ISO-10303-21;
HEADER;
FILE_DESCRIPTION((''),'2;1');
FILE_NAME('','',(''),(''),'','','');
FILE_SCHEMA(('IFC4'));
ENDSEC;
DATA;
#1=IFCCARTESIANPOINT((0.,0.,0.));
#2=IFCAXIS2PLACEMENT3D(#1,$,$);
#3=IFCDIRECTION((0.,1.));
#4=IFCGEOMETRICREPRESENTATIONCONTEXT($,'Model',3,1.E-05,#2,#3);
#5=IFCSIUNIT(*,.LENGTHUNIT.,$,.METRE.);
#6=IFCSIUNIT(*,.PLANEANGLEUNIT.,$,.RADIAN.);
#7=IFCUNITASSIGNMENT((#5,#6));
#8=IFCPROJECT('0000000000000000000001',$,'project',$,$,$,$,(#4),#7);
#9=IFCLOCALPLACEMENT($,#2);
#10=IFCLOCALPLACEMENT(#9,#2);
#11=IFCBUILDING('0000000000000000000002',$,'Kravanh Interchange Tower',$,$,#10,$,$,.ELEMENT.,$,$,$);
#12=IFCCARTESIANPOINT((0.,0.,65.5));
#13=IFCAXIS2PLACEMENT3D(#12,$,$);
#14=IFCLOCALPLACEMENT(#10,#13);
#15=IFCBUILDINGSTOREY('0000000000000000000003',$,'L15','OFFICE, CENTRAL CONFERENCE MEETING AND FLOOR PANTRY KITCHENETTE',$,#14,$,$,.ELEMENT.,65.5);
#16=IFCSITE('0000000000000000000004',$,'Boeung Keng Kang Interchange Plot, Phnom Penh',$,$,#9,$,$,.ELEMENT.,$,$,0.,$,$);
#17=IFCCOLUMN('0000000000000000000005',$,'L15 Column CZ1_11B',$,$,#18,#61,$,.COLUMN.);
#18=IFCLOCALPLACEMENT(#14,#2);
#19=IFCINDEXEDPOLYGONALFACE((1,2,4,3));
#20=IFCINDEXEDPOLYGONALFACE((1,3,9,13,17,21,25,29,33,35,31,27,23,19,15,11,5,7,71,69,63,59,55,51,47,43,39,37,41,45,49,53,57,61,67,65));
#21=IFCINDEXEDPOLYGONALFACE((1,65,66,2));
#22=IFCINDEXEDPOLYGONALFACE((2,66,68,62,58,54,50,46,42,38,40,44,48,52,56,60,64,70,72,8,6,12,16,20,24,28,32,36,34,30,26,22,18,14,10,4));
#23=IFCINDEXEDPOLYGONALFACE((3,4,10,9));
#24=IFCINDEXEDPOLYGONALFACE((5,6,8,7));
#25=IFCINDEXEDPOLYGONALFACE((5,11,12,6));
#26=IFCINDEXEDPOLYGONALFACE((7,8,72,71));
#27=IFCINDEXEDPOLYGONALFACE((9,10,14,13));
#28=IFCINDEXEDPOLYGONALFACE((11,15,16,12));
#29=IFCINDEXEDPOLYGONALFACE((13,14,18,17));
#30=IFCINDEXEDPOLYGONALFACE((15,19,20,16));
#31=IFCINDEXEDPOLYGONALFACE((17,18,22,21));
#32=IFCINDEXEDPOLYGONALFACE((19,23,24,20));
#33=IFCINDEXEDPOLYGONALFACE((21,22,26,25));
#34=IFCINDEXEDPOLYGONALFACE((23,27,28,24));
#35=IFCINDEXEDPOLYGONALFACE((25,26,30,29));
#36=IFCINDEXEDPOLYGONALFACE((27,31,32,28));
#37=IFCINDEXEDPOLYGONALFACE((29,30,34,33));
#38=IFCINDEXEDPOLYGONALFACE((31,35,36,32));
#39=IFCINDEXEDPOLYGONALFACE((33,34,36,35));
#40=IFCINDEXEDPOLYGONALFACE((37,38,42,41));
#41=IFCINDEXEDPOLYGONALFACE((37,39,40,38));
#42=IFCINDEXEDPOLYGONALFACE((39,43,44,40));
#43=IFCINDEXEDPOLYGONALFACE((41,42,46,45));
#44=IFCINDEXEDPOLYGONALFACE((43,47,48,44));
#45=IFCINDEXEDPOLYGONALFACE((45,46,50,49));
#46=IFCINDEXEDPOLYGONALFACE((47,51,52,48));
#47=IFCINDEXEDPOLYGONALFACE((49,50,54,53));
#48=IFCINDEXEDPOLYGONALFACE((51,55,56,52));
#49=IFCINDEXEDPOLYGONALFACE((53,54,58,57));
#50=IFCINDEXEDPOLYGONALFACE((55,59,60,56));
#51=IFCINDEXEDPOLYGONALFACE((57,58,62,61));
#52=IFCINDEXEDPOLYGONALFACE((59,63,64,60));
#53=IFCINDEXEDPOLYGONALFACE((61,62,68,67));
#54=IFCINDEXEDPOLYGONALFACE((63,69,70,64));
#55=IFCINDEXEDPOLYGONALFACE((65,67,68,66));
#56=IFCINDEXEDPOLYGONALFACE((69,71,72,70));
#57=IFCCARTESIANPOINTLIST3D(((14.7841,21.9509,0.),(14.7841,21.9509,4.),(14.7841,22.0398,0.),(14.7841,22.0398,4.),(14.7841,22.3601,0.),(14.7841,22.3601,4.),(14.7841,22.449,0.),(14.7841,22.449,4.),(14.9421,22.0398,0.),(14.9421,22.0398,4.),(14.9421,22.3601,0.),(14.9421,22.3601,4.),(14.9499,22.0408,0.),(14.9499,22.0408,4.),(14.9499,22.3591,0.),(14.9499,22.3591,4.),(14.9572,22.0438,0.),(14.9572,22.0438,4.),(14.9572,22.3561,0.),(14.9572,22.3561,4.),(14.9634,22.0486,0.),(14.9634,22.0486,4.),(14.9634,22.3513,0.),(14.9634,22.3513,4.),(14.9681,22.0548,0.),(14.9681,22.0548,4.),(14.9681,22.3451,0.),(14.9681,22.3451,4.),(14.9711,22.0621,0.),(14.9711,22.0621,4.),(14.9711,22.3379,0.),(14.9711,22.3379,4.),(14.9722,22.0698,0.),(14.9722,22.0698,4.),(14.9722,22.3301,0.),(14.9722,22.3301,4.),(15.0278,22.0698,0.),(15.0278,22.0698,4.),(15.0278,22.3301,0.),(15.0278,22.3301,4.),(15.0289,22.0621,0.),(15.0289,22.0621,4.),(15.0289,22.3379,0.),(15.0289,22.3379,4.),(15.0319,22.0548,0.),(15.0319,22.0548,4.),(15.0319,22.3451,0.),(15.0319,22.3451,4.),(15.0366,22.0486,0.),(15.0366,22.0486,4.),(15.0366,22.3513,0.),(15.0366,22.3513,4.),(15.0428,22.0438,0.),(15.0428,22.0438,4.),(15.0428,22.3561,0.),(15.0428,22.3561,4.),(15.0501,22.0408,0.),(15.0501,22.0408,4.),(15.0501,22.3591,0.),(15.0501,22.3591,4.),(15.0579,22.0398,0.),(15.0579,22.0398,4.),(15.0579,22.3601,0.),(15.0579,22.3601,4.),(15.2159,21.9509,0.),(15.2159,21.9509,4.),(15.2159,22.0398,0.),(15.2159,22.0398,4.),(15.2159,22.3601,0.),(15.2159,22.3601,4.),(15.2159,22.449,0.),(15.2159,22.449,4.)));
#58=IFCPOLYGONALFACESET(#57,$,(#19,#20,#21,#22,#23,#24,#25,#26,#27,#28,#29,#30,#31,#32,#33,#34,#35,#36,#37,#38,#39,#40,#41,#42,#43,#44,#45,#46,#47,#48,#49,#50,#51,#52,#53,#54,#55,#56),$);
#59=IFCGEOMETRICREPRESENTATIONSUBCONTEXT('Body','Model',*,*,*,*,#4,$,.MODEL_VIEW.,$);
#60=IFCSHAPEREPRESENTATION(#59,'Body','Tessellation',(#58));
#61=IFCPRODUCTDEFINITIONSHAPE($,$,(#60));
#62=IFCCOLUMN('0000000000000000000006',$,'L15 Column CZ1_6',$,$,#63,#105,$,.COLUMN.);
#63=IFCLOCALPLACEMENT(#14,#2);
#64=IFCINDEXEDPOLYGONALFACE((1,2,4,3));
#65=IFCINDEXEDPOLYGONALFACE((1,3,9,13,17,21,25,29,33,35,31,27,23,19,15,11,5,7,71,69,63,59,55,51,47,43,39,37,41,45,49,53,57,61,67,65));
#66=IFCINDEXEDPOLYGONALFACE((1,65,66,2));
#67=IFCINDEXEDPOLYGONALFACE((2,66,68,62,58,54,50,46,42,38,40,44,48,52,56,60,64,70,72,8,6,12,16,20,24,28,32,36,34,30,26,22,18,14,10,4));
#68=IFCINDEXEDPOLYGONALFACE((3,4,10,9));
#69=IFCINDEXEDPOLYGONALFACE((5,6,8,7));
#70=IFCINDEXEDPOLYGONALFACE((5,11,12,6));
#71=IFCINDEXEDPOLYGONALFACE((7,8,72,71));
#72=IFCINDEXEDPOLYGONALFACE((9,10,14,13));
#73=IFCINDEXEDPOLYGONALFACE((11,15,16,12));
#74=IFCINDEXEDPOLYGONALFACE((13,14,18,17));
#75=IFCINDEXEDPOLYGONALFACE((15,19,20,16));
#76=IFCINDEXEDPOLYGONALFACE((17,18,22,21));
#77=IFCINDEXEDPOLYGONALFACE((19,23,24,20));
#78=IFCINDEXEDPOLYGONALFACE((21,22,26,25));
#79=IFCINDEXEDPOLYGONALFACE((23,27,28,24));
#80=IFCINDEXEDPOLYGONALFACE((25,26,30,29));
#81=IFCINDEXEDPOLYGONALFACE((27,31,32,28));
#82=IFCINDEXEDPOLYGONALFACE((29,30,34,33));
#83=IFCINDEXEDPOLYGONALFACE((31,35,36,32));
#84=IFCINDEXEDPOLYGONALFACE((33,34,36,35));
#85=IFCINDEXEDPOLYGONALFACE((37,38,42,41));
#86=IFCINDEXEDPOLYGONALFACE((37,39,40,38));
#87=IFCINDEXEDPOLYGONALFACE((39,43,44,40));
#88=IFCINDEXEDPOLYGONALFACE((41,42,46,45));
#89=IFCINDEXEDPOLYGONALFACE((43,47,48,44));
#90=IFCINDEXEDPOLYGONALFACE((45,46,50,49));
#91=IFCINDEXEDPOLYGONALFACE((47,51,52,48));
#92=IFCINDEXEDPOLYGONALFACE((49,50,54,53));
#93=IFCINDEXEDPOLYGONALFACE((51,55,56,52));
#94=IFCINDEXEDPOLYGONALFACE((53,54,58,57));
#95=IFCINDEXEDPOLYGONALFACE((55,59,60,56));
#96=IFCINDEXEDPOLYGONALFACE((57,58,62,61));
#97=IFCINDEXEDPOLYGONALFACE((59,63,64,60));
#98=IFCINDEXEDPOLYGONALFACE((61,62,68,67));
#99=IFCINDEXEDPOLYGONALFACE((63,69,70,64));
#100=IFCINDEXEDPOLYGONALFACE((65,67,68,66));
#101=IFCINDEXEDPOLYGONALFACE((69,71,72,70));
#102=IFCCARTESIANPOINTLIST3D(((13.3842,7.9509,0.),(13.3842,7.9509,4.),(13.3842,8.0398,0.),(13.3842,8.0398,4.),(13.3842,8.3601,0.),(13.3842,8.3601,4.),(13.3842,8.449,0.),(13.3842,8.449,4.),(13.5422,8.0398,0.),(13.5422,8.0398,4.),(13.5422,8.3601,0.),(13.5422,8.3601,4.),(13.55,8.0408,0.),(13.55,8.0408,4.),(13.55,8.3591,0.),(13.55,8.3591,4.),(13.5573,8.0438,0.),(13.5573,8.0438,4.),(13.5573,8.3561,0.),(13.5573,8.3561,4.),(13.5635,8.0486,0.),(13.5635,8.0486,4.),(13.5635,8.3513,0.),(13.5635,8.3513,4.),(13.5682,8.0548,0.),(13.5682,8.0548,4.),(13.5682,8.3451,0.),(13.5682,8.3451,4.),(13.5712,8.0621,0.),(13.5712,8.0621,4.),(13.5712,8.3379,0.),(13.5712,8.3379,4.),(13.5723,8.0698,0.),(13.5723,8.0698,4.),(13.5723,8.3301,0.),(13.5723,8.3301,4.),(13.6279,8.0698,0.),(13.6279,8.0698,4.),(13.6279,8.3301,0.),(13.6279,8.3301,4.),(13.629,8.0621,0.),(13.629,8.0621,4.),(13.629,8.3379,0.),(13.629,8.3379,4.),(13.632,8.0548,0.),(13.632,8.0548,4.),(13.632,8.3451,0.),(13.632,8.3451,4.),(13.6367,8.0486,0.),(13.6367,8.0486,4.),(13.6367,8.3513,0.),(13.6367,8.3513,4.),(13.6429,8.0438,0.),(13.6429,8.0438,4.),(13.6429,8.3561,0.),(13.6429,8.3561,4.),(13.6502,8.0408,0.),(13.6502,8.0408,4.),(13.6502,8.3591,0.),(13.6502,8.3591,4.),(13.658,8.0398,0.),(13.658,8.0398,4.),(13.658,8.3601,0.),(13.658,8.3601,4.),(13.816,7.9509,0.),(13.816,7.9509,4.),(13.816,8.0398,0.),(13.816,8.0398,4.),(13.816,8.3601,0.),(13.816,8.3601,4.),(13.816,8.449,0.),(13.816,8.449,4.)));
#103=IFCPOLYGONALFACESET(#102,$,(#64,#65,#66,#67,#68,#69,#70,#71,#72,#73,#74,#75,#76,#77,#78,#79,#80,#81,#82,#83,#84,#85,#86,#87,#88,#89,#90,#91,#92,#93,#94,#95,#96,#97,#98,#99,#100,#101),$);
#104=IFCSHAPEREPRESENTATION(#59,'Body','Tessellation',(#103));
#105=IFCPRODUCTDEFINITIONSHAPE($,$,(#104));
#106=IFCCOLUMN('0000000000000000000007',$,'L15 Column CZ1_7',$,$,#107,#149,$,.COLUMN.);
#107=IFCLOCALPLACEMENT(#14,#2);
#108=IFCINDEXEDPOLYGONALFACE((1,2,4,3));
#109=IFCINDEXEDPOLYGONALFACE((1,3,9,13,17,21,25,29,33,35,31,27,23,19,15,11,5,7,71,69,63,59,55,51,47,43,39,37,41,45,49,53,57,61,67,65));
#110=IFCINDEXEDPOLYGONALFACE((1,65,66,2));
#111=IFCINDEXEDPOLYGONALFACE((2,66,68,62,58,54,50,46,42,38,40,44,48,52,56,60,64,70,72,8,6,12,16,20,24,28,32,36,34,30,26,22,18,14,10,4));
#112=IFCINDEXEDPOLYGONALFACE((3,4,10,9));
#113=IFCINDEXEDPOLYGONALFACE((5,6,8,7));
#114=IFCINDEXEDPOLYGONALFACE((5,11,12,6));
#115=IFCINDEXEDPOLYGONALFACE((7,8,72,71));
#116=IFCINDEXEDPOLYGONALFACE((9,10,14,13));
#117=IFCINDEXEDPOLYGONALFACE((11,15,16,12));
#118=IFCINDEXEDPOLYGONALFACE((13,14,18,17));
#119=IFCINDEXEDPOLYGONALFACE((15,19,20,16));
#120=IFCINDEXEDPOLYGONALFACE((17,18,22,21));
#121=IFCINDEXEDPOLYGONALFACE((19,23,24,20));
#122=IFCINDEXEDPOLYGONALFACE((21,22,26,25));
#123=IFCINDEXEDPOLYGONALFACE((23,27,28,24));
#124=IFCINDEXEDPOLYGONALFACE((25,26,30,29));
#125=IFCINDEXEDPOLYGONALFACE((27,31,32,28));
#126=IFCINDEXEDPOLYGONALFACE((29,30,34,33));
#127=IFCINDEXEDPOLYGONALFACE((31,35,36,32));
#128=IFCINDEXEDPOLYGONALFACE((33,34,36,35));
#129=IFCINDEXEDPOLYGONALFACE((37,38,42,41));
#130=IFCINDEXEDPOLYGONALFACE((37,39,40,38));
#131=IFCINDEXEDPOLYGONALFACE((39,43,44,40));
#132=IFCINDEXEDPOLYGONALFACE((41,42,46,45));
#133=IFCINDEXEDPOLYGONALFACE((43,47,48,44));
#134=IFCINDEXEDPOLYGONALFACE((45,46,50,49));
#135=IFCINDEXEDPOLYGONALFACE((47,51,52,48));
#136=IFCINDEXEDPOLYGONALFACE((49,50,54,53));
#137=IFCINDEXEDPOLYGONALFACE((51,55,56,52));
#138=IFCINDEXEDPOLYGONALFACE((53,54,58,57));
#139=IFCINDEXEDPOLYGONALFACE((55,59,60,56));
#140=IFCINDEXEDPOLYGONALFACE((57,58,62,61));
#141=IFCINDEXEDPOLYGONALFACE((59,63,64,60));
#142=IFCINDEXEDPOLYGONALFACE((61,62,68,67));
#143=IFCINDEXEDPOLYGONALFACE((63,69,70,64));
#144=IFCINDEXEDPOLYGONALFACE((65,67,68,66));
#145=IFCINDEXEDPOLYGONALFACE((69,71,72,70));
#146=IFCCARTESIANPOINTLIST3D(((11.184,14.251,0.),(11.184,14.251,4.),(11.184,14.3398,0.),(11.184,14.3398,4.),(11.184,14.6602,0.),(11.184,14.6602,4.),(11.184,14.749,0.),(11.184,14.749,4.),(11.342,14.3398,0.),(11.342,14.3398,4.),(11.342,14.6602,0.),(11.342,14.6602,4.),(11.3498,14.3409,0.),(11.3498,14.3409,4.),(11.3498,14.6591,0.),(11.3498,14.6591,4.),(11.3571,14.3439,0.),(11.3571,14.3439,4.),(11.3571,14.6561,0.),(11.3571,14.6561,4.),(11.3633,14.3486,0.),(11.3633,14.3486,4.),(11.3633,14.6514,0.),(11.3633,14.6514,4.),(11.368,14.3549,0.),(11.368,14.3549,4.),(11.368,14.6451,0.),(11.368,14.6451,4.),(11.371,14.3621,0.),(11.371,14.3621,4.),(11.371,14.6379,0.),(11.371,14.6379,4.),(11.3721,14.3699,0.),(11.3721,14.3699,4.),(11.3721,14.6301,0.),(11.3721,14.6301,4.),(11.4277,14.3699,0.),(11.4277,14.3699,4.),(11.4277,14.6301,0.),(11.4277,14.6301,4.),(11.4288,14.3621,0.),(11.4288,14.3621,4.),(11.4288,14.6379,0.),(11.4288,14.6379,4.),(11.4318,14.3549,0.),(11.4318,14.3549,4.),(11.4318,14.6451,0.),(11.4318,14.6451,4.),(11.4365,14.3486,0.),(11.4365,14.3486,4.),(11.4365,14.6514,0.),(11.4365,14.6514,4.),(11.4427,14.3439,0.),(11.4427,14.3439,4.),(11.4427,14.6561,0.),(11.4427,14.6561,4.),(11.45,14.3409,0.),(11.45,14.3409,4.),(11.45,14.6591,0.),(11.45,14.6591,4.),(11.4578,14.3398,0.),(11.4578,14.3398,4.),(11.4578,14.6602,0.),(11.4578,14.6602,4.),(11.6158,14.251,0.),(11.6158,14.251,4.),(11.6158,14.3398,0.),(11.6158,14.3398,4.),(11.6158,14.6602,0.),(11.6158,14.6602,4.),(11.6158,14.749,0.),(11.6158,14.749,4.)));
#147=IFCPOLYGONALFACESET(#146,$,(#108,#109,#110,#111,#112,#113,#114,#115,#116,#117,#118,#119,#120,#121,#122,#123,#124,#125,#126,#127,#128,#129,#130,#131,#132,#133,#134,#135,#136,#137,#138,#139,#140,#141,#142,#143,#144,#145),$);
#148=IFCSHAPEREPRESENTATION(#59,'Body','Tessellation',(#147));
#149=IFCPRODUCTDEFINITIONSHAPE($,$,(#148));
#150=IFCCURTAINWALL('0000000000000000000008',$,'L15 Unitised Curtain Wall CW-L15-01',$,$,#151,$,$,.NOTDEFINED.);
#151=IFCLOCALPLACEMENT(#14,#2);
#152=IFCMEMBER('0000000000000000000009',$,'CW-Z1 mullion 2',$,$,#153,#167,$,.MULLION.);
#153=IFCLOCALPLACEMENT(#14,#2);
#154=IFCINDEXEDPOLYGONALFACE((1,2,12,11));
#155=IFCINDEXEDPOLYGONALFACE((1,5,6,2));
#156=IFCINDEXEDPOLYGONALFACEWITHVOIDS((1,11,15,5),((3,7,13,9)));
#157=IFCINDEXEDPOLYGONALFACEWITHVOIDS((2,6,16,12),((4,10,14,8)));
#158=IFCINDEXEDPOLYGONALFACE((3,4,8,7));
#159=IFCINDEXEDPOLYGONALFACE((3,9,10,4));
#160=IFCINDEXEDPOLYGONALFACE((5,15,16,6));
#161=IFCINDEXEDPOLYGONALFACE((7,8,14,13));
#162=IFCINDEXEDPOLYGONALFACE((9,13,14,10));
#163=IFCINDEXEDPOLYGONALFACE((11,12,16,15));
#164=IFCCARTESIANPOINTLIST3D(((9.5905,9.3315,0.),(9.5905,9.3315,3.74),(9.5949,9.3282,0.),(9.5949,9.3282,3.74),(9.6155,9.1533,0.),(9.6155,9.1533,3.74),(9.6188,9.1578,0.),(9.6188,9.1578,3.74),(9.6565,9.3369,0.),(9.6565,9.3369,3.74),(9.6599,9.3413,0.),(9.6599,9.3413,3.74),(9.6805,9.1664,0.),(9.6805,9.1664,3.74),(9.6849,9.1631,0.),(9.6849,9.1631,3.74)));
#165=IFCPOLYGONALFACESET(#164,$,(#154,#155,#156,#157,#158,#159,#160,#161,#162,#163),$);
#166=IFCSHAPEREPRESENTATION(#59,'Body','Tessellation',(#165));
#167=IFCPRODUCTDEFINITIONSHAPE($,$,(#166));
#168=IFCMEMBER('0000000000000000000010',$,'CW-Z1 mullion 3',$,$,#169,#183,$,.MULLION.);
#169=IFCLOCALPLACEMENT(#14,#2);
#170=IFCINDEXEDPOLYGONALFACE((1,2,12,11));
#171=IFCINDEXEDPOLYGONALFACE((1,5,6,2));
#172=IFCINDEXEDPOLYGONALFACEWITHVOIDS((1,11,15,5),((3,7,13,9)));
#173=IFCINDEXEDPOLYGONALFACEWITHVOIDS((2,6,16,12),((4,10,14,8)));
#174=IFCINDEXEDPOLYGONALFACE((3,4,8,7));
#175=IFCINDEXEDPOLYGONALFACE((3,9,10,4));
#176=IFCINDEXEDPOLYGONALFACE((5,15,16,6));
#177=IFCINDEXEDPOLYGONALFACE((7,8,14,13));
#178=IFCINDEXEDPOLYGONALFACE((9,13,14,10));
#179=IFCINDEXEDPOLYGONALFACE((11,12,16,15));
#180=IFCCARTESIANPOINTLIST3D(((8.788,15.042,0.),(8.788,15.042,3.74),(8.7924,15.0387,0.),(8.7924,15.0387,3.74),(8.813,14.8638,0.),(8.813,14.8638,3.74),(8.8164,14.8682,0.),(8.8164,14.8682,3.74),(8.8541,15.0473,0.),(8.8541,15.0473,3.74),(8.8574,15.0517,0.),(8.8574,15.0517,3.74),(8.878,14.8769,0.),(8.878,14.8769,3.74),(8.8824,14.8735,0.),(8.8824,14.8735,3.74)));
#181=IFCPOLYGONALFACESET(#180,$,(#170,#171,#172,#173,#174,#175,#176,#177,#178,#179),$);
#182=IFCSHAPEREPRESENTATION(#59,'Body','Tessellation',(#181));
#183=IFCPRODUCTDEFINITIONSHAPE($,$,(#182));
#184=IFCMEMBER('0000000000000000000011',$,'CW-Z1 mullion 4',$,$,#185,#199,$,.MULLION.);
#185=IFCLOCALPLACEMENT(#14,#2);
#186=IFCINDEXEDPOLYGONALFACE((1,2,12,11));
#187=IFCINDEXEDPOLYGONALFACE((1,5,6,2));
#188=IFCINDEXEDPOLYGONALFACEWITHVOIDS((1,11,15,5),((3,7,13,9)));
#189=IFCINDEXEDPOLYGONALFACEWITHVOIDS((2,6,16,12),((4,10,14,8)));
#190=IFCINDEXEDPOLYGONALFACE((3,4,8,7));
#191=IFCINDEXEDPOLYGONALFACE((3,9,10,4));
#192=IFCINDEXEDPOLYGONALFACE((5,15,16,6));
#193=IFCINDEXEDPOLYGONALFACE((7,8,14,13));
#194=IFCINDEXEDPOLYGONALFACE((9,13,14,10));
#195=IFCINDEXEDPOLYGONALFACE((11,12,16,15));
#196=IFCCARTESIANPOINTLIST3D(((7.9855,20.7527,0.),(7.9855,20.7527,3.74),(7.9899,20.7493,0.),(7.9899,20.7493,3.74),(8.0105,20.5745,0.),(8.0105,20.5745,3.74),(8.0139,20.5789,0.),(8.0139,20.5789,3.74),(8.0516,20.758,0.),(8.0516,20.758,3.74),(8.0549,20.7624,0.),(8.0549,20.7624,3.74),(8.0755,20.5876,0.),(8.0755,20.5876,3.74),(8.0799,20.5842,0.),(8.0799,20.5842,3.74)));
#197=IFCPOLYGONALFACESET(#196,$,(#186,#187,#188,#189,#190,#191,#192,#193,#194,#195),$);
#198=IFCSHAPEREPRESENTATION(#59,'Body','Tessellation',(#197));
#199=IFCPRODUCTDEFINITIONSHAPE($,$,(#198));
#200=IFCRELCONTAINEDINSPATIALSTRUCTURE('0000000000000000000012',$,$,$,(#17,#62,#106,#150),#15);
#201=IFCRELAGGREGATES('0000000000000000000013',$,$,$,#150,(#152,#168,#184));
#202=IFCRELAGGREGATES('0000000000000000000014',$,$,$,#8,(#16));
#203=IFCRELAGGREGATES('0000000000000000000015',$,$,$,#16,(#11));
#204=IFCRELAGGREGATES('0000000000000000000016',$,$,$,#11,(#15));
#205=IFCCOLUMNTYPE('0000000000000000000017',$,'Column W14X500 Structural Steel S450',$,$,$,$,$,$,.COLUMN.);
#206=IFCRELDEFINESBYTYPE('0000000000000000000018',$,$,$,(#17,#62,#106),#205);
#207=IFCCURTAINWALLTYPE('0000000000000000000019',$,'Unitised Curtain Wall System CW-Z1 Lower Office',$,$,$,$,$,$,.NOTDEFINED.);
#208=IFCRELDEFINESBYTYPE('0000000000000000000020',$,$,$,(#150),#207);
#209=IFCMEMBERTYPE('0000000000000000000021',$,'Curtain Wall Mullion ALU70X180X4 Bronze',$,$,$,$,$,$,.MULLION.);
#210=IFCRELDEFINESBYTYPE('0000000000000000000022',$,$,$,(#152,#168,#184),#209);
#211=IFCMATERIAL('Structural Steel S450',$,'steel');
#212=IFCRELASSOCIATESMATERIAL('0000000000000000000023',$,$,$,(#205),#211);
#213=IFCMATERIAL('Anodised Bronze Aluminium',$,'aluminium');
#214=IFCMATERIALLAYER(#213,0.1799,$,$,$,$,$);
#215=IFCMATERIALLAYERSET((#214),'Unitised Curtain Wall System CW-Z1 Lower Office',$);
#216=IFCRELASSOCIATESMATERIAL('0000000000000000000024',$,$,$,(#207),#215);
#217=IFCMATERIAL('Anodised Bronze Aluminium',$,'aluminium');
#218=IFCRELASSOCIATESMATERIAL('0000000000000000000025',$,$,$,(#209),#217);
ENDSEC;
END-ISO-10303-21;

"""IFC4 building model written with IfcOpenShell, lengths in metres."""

from ifc_helpers import new_model, si_unit, direction, frame, origin, origin_2d, place, context, subcontext, project, spatial, hollow_rectangle, i_section, extrude, material, layer, layer_set, material_profile, profile_set, type_object, element, aggregate, save


model = new_model("IFC4")

# Units and contexts
model_context = context("Model", 3, precision=1e-05, world=origin(), true_north=direction((0.0, 1.0)))
body_context = subcontext(model_context, "Body", "Model", "MODEL_VIEW")
ifc_project = project(units=[si_unit("LENGTHUNIT", "METRE"), si_unit("PLANEANGLEUNIT", "RADIAN")], contexts=[model_context])

# Site, building, storey
site_placement = place(None, origin())
site = spatial("IfcSite", under=ifc_project, at=site_placement, Name="Boeung Keng Kang Interchange Plot, Phnom Penh", CompositionType="ELEMENT", RefElevation=0.0)
building_placement = place(site_placement, origin())
building = spatial("IfcBuilding", under=site, at=building_placement, Name="Kravanh Interchange Tower", CompositionType="ELEMENT")
storey_placement = place(building_placement, frame((0.0, 0.0, 65.5)))
storey = spatial("IfcBuildingStorey", under=building, at=storey_placement, Name="L15", Description="OFFICE, CENTRAL CONFERENCE MEETING AND FLOOR PANTRY KITCHENETTE", CompositionType="ELEMENT", Elevation=65.5)

# Columns
ifc_material_1 = material(Name="Structural Steel S450", Category="steel")
ifc_material_profile_1 = material_profile(ifc_material_1, i_section(OverallWidth=0.4319, OverallDepth=0.498, WebThickness=0.0557, FlangeThickness=0.0889, FilletRadius=0.03, at=origin_2d()), Name="W14X500")
ifc_profile_set_1 = profile_set([ifc_material_profile_1], Name="Structural Steel S450")
column_type = type_object("IfcColumnType", Name="Column W14X500 Structural Steel S450", PredefinedType="COLUMN", material=ifc_profile_set_1)
for number, where, z_axis, x_axis, name in (
    (1, (15.0, 22.2, 0.0), (0.0, 0.0, 1.0), (1.0, 0.0, 0.0), "L15 Column CZ1_11B"),
    (2, (13.6001, 8.2, 0.0), (0.0, 0.0, 1.0), (1.0, 0.0, 0.0), "L15 Column CZ1_6"),
    (3, (11.3999, 14.5, 0.0), (0.0, 0.0, 1.0), (1.0, 0.0, 0.0), "L15 Column CZ1_7"),
):
    element("IfcColumn", number, at=place(storey_placement, frame(where, z_axis=z_axis, x_axis=x_axis)), inside=storey, type_object=column_type, Name=name, PredefinedType="COLUMN", context=body_context, shape_type="SweptSolid", body=[
        extrude(i_section(OverallWidth=0.4319, OverallDepth=0.498, WebThickness=0.0557, FlangeThickness=0.0889, FilletRadius=0.03, at=origin_2d()), origin(), (0.0, 0.0, 1.0), 4.0),
    ])

# Curtain wall, members
ifc_material_2 = material(Name="Anodised Bronze Aluminium", Category="aluminium")
ifc_layer_1 = layer(ifc_material_2, 0.1799)
ifc_layer_set_1 = layer_set([ifc_layer_1], Name="Unitised Curtain Wall System CW-Z1 Lower Office")
curtain_wall_type = type_object("IfcCurtainWallType", Name="Unitised Curtain Wall System CW-Z1 Lower Office", PredefinedType="NOTDEFINED", material=ifc_layer_set_1)
curtain_wall_placement = place(storey_placement, origin())
curtain_wall = element("IfcCurtainWall", 4, at=curtain_wall_placement, inside=storey, type_object=curtain_wall_type, Name="L15 Unitised Curtain Wall CW-L15-01", PredefinedType="NOTDEFINED")
ifc_material_3 = material(Name="Anodised Bronze Aluminium", Category="aluminium")
ifc_material_profile_2 = material_profile(ifc_material_3, hollow_rectangle(XDim=0.0701, YDim=0.1799, WallThickness=0.0039, at=origin_2d()), Name="ALU70X180X4")
ifc_profile_set_2 = profile_set([ifc_material_profile_2], Name="Anodised Bronze Aluminium")
member_type_1 = type_object("IfcMemberType", Name="Curtain Wall Mullion ALU70X180X4 Bronze", PredefinedType="MULLION", material=ifc_profile_set_2)
member_1_placement = place(storey_placement, frame((9.6377, 9.2473, 0.0), z_axis=(0.0, 0.0, 1.0), x_axis=(-0.990268, -0.139177, 0.0)))
member_1 = element("IfcMember", 5, at=member_1_placement, type_object=member_type_1, Name="CW-Z1 mullion 2", PredefinedType="MULLION", context=body_context, shape_type="SweptSolid", body=[
    extrude(hollow_rectangle(XDim=0.0701, YDim=0.1799, WallThickness=0.0039, at=origin_2d()), origin(), (0.0, 0.0, 1.0), 3.74),
])
member_2_placement = place(storey_placement, frame((8.8352, 14.9578, 0.0), z_axis=(0.0, 0.0, 1.0), x_axis=(-0.990268, -0.139177, 0.0)))
member_2 = element("IfcMember", 6, at=member_2_placement, type_object=member_type_1, Name="CW-Z1 mullion 3", PredefinedType="MULLION", context=body_context, shape_type="SweptSolid", body=[
    extrude(hollow_rectangle(XDim=0.0701, YDim=0.1799, WallThickness=0.0039, at=origin_2d()), origin(), (0.0, 0.0, 1.0), 3.74),
])
member_3_placement = place(storey_placement, frame((8.0327, 20.6685, 0.0), z_axis=(0.0, 0.0, 1.0), x_axis=(-0.990268, -0.139177, 0.0)))
member_3 = element("IfcMember", 7, at=member_3_placement, type_object=member_type_1, Name="CW-Z1 mullion 4", PredefinedType="MULLION", context=body_context, shape_type="SweptSolid", body=[
    extrude(hollow_rectangle(XDim=0.0701, YDim=0.1799, WallThickness=0.0039, at=origin_2d()), origin(), (0.0, 0.0, 1.0), 3.74),
])

aggregate(curtain_wall, [member_1, member_2, member_3])

save(model, "model.ifc")
